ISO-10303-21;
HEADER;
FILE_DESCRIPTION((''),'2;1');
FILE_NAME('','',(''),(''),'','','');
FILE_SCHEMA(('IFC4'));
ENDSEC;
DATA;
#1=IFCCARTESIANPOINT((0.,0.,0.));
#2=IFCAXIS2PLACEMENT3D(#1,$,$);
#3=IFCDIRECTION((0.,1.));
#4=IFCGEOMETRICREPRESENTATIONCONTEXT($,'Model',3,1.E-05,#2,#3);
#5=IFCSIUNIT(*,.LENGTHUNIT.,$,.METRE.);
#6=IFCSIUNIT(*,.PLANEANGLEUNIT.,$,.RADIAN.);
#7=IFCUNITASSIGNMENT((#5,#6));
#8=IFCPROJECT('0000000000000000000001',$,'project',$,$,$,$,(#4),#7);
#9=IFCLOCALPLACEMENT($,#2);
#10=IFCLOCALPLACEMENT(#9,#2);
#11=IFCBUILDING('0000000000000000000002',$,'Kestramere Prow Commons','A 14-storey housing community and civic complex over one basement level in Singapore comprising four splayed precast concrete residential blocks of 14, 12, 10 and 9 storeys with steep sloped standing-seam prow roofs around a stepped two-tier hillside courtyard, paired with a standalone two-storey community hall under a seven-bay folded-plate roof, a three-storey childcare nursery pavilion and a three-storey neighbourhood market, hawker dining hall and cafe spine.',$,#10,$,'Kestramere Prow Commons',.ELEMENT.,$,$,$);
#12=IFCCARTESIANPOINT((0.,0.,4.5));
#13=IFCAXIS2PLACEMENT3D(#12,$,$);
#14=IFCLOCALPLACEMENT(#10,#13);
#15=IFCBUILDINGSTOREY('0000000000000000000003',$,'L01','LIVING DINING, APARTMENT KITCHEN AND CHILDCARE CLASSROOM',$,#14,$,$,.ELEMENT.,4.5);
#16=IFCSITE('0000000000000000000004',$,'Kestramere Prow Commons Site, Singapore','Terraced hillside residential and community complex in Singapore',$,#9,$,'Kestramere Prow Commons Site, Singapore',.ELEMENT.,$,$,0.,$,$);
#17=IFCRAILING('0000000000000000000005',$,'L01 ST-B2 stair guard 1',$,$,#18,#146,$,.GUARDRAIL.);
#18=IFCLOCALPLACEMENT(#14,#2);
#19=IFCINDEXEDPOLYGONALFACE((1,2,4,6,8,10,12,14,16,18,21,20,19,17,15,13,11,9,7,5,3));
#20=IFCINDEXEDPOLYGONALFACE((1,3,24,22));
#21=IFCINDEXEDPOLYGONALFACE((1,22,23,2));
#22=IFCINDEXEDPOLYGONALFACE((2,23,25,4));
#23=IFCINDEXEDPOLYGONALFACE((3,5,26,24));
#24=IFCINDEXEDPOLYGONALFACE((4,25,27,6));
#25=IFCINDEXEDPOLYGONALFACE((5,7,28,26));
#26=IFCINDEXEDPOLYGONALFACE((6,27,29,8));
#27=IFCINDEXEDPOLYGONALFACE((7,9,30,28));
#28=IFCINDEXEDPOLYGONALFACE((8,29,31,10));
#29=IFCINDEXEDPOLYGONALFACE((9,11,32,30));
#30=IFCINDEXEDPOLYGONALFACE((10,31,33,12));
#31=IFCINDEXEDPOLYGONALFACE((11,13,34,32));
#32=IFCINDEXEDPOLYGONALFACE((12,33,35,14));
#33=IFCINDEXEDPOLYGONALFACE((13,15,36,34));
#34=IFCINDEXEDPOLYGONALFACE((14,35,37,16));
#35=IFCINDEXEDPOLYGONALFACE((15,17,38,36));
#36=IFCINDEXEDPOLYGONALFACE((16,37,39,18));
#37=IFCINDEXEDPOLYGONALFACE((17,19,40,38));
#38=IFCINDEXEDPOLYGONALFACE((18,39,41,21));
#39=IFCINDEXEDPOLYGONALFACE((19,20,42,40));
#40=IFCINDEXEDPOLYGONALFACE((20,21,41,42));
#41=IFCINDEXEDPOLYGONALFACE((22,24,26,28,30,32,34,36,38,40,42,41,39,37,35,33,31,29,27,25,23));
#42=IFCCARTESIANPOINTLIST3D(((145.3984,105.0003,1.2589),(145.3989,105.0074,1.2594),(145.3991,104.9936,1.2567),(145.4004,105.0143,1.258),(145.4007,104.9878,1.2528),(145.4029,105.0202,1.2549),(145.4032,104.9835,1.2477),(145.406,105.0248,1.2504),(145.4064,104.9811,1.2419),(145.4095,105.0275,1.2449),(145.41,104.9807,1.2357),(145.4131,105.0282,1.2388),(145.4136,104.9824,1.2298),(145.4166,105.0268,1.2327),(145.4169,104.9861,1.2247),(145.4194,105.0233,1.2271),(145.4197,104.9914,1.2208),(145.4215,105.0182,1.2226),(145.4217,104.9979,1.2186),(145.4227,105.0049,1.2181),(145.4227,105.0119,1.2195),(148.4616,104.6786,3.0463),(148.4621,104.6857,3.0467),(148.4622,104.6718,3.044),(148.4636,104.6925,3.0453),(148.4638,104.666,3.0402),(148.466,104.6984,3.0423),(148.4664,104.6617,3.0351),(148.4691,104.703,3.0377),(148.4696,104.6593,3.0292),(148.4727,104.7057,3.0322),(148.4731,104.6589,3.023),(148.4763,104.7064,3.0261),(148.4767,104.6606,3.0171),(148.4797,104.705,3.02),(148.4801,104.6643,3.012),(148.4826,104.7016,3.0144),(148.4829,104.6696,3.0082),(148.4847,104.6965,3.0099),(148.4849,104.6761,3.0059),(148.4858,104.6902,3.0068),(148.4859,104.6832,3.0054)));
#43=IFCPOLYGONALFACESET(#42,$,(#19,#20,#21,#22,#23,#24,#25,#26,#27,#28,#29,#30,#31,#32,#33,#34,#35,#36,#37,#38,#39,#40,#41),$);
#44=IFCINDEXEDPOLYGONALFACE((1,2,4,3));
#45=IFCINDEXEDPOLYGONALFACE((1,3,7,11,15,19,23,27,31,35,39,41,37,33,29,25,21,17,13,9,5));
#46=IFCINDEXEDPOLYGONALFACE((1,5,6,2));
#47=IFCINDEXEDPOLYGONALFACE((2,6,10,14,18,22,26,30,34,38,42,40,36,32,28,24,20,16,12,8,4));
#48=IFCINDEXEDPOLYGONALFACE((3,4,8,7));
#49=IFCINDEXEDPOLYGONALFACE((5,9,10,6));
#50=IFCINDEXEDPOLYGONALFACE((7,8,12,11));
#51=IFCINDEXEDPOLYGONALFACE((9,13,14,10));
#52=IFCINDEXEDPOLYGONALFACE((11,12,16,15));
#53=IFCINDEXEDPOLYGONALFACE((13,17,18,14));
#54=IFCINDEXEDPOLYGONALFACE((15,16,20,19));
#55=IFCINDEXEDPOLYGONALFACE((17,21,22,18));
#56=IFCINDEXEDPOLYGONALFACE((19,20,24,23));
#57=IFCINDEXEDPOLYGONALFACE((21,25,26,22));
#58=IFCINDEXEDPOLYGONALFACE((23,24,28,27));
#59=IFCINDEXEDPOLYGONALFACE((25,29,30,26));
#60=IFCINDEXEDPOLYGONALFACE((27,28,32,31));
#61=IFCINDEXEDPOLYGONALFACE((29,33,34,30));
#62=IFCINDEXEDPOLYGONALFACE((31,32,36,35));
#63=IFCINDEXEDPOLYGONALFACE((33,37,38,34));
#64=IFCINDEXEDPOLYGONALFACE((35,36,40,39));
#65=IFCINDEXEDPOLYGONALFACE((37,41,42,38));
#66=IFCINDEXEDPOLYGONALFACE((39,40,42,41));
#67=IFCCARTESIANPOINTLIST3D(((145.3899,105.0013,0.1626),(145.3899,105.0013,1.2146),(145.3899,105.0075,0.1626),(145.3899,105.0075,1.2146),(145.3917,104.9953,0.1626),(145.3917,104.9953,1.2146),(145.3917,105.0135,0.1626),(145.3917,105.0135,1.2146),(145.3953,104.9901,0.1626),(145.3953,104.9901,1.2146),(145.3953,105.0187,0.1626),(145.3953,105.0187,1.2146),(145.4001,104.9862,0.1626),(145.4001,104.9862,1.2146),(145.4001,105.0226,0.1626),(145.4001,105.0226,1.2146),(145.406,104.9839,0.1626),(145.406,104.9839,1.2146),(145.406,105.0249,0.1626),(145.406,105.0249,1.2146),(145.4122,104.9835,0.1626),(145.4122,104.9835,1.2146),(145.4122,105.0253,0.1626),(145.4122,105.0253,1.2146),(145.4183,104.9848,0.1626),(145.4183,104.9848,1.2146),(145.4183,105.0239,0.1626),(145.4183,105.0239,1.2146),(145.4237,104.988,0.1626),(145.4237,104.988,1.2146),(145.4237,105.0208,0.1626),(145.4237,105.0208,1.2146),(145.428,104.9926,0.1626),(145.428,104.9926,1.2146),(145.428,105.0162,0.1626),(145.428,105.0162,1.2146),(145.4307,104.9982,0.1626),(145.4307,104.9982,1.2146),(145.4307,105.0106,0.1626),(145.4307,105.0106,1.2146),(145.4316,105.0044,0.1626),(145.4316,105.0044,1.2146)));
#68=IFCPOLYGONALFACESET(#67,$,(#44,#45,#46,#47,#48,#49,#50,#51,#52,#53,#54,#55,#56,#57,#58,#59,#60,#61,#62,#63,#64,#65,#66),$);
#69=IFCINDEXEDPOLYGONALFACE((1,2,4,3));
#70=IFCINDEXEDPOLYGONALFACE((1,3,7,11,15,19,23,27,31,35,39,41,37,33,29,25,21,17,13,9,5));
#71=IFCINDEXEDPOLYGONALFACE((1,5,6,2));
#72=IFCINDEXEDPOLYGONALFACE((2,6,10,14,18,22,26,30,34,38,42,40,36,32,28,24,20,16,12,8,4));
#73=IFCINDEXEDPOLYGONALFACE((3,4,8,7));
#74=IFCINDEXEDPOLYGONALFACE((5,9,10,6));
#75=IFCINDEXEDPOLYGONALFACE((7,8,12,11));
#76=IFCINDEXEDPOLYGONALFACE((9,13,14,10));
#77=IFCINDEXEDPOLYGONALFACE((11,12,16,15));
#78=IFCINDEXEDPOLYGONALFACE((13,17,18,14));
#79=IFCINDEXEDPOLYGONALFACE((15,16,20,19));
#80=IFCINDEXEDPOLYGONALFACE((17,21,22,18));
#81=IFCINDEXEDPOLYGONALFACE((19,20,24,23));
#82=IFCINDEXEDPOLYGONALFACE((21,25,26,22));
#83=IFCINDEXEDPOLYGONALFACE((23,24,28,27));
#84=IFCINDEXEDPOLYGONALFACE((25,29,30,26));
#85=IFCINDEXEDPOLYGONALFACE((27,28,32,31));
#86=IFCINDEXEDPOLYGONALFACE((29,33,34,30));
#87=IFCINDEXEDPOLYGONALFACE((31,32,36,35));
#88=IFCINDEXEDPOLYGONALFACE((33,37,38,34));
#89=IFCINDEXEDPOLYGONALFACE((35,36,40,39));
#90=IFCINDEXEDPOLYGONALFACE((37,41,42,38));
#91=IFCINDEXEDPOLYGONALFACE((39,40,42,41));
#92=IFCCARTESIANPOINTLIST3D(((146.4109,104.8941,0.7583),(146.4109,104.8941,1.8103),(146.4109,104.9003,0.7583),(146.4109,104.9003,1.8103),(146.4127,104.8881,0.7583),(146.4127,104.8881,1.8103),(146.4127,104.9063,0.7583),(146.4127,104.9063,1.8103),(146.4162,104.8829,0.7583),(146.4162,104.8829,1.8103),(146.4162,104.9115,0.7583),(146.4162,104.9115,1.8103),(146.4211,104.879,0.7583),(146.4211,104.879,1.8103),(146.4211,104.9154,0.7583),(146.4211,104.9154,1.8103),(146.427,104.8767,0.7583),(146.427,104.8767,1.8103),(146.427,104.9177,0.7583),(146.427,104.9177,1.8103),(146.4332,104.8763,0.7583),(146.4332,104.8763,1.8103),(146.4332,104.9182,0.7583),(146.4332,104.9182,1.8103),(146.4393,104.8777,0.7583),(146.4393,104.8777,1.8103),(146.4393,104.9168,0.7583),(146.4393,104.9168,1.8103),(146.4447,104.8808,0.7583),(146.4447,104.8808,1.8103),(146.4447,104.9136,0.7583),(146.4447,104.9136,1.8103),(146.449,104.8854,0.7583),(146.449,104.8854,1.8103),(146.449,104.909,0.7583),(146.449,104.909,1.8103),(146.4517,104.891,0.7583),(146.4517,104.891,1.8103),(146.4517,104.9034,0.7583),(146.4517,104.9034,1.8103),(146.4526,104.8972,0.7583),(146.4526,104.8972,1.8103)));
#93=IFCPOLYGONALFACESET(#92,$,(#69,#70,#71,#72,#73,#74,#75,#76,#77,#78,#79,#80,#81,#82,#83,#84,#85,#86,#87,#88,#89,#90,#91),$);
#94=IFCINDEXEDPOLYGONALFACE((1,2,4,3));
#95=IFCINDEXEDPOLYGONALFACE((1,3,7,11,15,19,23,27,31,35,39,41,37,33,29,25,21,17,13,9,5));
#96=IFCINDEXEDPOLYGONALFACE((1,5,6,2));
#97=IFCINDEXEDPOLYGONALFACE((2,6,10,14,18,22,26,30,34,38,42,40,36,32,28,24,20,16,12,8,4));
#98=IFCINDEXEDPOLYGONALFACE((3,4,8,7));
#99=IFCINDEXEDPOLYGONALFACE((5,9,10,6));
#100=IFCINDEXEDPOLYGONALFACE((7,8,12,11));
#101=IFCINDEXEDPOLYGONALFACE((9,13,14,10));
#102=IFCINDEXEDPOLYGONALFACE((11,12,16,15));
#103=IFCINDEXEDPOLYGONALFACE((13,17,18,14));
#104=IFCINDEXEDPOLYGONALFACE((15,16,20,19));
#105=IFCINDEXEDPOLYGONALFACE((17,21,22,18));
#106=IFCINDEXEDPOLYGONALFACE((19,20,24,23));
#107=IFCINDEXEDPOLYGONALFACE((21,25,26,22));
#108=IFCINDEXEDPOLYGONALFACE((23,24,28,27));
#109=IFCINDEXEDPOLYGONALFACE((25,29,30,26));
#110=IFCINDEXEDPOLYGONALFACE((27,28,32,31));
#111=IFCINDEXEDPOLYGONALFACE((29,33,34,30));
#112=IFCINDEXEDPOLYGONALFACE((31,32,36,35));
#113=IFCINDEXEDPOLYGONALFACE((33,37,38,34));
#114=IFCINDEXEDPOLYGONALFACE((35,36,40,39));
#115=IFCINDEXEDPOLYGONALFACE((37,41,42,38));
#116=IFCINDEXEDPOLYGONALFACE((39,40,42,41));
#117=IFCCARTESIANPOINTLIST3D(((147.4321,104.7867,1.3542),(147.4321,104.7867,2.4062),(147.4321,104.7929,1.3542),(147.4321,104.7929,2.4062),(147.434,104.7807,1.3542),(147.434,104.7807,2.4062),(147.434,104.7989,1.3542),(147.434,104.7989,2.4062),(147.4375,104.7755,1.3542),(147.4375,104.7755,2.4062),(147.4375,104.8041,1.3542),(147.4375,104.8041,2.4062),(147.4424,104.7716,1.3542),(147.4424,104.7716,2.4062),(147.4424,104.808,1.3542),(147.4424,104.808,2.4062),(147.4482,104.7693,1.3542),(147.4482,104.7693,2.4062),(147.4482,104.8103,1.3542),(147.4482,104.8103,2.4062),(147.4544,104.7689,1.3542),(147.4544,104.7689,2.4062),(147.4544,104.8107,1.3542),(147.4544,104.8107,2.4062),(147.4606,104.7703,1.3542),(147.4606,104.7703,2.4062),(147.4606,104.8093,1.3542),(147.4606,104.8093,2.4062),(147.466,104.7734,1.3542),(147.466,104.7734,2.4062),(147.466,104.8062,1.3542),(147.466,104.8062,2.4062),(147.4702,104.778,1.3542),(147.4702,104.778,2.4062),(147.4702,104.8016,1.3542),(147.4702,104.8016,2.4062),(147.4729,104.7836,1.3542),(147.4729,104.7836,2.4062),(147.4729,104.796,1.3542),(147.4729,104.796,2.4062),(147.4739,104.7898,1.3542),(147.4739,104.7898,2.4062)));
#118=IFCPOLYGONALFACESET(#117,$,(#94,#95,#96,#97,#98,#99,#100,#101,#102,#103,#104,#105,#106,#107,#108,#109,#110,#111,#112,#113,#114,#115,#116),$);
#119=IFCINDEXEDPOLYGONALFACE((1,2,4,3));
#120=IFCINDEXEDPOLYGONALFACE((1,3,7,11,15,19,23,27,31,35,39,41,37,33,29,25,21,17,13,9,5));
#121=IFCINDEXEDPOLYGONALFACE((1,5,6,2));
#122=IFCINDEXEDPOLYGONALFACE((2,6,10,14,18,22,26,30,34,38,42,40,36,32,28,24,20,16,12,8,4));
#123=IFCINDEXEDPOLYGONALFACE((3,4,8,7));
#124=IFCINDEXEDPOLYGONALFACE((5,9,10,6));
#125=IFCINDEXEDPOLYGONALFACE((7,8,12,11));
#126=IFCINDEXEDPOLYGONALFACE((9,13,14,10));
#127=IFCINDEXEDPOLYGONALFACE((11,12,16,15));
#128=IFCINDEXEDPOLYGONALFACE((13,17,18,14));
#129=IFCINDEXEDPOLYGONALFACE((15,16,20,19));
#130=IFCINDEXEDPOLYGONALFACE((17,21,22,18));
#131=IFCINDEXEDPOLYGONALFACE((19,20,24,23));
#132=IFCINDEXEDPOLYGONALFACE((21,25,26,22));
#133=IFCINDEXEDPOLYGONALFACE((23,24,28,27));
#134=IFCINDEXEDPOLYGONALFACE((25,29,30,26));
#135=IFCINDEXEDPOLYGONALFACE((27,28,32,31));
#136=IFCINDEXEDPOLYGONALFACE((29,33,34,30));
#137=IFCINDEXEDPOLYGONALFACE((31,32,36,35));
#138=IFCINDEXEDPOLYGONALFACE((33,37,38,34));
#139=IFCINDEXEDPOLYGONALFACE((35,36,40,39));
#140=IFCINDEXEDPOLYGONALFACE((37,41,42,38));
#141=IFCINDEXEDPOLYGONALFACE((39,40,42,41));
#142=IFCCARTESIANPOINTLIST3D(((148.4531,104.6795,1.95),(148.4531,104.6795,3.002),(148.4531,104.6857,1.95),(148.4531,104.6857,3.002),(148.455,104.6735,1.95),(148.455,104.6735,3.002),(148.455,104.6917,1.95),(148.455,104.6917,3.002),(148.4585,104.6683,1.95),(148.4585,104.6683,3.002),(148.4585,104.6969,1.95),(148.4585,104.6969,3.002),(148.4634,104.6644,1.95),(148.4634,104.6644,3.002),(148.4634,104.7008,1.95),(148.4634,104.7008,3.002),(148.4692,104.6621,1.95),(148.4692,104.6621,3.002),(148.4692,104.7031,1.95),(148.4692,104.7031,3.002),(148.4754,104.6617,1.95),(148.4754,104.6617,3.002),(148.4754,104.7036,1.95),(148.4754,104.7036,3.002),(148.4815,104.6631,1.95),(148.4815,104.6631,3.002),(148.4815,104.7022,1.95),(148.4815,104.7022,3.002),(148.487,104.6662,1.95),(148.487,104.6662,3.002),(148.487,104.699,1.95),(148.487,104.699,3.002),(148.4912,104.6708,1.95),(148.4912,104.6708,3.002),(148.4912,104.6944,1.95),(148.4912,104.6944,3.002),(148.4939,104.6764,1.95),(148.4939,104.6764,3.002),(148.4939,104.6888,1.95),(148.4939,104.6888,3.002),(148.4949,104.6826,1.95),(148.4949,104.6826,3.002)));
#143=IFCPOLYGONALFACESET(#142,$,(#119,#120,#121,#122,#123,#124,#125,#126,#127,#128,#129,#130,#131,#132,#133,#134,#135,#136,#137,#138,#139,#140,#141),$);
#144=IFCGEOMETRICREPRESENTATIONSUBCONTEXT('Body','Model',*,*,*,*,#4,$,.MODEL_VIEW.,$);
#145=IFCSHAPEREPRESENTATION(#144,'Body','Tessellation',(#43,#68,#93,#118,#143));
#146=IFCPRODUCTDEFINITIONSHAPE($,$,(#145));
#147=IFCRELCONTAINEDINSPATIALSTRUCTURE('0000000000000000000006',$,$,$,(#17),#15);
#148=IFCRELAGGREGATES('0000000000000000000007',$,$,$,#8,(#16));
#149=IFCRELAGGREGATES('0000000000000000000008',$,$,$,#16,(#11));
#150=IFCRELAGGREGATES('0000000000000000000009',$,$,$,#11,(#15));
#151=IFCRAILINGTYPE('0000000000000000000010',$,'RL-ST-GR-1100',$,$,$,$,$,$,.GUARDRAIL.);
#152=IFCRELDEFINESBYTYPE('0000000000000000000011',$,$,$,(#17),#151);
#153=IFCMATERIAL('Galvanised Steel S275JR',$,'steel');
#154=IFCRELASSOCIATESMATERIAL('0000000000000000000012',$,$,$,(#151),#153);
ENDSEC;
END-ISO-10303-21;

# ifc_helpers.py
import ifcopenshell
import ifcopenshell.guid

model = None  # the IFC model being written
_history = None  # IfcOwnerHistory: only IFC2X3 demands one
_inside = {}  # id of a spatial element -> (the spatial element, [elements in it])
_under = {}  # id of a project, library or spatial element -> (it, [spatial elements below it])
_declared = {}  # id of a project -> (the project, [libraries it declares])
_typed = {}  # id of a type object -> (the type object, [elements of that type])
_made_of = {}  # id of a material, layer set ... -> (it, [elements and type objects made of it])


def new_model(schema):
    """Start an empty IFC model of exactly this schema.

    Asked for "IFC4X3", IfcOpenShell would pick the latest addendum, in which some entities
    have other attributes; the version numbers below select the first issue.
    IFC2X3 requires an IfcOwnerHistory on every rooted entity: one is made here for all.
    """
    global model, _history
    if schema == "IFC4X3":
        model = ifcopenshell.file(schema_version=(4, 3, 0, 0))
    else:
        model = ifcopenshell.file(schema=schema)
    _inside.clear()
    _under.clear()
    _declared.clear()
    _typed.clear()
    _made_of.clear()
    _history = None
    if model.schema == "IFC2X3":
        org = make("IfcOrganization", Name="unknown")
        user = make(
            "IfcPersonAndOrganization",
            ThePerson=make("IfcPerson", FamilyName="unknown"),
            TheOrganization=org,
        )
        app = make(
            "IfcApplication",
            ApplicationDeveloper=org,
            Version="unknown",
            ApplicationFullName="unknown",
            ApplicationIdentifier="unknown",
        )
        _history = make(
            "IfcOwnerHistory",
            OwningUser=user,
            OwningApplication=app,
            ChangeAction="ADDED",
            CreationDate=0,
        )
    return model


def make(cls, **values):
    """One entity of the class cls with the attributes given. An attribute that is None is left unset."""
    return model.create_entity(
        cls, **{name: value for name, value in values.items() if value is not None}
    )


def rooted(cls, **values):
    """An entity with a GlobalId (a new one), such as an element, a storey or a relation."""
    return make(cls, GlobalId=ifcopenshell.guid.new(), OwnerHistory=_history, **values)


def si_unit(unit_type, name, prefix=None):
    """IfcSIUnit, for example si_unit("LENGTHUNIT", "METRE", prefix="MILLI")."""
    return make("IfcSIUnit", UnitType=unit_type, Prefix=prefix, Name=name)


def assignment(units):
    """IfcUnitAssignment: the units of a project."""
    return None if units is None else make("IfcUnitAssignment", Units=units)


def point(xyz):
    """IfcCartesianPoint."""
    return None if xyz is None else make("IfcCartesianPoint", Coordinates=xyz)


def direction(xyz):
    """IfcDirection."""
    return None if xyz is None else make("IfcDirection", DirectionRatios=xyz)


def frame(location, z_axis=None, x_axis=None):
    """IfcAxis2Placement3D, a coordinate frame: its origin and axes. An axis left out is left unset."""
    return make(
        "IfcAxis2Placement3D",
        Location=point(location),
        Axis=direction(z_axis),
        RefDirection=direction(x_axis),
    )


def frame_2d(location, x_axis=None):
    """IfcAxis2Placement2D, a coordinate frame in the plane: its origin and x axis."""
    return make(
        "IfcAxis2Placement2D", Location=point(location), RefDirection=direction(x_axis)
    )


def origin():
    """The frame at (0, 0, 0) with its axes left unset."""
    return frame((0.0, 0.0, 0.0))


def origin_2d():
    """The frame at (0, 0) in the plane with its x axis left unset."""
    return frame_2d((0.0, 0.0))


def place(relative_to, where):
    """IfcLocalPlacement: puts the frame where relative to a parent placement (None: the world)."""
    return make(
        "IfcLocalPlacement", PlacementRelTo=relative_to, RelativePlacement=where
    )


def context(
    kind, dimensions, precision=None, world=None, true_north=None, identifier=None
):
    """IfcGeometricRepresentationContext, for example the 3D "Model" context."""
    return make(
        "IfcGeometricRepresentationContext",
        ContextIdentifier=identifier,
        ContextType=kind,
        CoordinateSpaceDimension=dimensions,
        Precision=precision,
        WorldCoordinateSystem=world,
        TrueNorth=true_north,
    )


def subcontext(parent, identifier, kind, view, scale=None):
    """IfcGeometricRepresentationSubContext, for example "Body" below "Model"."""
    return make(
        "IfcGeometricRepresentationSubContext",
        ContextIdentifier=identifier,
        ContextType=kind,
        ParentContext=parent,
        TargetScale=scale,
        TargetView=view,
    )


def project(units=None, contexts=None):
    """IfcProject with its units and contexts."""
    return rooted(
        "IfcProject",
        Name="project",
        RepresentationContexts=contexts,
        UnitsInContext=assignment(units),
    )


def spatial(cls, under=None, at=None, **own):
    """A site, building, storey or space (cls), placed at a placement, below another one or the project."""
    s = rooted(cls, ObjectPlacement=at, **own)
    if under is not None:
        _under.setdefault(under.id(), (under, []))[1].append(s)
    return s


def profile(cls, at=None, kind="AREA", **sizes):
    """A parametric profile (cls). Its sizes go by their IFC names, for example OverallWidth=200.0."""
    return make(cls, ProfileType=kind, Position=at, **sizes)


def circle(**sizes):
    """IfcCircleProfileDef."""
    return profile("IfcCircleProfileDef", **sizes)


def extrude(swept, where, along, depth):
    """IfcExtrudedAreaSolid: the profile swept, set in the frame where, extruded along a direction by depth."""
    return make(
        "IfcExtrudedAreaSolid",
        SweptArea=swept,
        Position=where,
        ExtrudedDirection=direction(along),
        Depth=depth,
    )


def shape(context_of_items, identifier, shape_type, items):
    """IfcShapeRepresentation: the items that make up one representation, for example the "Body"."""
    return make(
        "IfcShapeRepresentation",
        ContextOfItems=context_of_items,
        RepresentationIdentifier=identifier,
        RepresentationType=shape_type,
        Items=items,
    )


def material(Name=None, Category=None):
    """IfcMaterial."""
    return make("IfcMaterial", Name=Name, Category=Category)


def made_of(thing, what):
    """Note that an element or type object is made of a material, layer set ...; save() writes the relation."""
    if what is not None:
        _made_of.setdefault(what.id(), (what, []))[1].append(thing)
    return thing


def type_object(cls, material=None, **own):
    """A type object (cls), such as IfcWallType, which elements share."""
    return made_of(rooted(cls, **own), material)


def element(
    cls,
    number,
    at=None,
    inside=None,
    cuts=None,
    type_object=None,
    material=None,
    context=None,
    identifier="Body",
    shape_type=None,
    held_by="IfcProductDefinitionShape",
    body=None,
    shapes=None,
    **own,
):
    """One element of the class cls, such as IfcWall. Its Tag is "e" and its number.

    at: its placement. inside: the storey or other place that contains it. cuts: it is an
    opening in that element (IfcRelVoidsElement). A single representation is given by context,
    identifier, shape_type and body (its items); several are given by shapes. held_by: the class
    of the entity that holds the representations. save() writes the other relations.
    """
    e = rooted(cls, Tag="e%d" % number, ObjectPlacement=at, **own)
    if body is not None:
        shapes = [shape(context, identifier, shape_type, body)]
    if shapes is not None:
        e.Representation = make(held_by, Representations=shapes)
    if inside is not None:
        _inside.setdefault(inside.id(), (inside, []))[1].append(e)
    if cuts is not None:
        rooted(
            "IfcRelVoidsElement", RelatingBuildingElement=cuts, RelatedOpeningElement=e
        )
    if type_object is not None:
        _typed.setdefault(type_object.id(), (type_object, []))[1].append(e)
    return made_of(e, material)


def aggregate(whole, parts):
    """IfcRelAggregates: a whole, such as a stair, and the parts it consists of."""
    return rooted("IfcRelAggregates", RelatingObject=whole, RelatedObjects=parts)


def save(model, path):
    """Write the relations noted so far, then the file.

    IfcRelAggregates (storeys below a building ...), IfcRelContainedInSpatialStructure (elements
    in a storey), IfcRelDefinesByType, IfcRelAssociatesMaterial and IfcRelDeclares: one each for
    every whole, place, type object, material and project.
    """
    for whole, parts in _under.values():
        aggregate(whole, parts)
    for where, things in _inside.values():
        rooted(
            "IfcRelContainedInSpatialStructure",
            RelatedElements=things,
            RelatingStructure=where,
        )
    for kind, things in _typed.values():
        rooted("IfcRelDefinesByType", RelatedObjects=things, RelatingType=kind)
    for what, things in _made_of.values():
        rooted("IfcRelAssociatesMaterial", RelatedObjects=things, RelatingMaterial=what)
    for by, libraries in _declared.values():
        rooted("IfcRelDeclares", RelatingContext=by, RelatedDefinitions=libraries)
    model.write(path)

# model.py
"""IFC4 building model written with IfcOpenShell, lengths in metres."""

from ifc_helpers import new_model, si_unit, direction, frame, origin, origin_2d, place, context, subcontext, project, spatial, circle, extrude, material, type_object, element, save


model = new_model("IFC4")

# Units and contexts
model_context = context("Model", 3, precision=1e-05, world=origin(), true_north=direction((0.0, 1.0)))
body_context = subcontext(model_context, "Body", "Model", "MODEL_VIEW")
ifc_project = project(units=[si_unit("LENGTHUNIT", "METRE"), si_unit("PLANEANGLEUNIT", "RADIAN")], contexts=[model_context])

# Site, building, storey
site_placement = place(None, origin())
site = spatial("IfcSite", under=ifc_project, at=site_placement, Name="Kestramere Prow Commons Site, Singapore", Description="Terraced hillside residential and community complex in Singapore", LongName="Kestramere Prow Commons Site, Singapore", CompositionType="ELEMENT", RefElevation=0.0)
building_placement = place(site_placement, origin())
building = spatial("IfcBuilding", under=site, at=building_placement, Name="Kestramere Prow Commons", Description="A 14-storey housing community and civic complex over one basement level in Singapore comprising four splayed precast concrete residential blocks of 14, 12, 10 and 9 storeys with steep sloped standing-seam prow roofs around a stepped two-tier hillside courtyard, paired with a standalone two-storey community hall under a seven-bay folded-plate roof, a three-storey childcare nursery pavilion and a three-storey neighbourhood market, hawker dining hall and cafe spine.", LongName="Kestramere Prow Commons", CompositionType="ELEMENT")
storey_placement = place(building_placement, frame((0.0, 0.0, 4.5)))
storey = spatial("IfcBuildingStorey", under=building, at=storey_placement, Name="L01", Description="LIVING DINING, APARTMENT KITCHEN AND CHILDCARE CLASSROOM", CompositionType="ELEMENT", Elevation=4.5)

# Railing
ifc_material_1 = material(Name="Galvanised Steel S275JR", Category="steel")
railing_type_1 = type_object("IfcRailingType", Name="RL-ST-GR-1100", PredefinedType="GUARDRAIL", material=ifc_material_1)
railing_1_placement = place(storey_placement, frame((145.4106, 105.0044, 0.1626)))
element("IfcRailing", 1, at=railing_1_placement, inside=storey, type_object=railing_type_1, Name="L01 ST-B2 stair guard 1", PredefinedType="GUARDRAIL", context=body_context, shape_type="SweptSolid", body=[
    extrude(circle(Radius=0.0239, at=origin_2d()), frame((0.0, 0.0, 1.0762), z_axis=(0.860188, -0.090359, 0.501908), x_axis=(0.10447, 0.994528, 0.0)), (0.0, 0.0, 1.0), 3.561),
    extrude(circle(Radius=0.021, at=origin_2d()), origin(), (0.0, 0.0, 1.0), 1.052),
    extrude(circle(Radius=0.021, at=origin_2d()), frame((1.021, -0.1072, 0.5957)), (0.0, 0.0, 1.0), 1.052),
    extrude(circle(Radius=0.021, at=origin_2d()), frame((2.0422, -0.2146, 1.1917)), (0.0, 0.0, 1.0), 1.052),
    extrude(circle(Radius=0.021, at=origin_2d()), frame((3.0632, -0.3218, 1.7874)), (0.0, 0.0, 1.0), 1.052),
])

save(model, "model.ifc")
